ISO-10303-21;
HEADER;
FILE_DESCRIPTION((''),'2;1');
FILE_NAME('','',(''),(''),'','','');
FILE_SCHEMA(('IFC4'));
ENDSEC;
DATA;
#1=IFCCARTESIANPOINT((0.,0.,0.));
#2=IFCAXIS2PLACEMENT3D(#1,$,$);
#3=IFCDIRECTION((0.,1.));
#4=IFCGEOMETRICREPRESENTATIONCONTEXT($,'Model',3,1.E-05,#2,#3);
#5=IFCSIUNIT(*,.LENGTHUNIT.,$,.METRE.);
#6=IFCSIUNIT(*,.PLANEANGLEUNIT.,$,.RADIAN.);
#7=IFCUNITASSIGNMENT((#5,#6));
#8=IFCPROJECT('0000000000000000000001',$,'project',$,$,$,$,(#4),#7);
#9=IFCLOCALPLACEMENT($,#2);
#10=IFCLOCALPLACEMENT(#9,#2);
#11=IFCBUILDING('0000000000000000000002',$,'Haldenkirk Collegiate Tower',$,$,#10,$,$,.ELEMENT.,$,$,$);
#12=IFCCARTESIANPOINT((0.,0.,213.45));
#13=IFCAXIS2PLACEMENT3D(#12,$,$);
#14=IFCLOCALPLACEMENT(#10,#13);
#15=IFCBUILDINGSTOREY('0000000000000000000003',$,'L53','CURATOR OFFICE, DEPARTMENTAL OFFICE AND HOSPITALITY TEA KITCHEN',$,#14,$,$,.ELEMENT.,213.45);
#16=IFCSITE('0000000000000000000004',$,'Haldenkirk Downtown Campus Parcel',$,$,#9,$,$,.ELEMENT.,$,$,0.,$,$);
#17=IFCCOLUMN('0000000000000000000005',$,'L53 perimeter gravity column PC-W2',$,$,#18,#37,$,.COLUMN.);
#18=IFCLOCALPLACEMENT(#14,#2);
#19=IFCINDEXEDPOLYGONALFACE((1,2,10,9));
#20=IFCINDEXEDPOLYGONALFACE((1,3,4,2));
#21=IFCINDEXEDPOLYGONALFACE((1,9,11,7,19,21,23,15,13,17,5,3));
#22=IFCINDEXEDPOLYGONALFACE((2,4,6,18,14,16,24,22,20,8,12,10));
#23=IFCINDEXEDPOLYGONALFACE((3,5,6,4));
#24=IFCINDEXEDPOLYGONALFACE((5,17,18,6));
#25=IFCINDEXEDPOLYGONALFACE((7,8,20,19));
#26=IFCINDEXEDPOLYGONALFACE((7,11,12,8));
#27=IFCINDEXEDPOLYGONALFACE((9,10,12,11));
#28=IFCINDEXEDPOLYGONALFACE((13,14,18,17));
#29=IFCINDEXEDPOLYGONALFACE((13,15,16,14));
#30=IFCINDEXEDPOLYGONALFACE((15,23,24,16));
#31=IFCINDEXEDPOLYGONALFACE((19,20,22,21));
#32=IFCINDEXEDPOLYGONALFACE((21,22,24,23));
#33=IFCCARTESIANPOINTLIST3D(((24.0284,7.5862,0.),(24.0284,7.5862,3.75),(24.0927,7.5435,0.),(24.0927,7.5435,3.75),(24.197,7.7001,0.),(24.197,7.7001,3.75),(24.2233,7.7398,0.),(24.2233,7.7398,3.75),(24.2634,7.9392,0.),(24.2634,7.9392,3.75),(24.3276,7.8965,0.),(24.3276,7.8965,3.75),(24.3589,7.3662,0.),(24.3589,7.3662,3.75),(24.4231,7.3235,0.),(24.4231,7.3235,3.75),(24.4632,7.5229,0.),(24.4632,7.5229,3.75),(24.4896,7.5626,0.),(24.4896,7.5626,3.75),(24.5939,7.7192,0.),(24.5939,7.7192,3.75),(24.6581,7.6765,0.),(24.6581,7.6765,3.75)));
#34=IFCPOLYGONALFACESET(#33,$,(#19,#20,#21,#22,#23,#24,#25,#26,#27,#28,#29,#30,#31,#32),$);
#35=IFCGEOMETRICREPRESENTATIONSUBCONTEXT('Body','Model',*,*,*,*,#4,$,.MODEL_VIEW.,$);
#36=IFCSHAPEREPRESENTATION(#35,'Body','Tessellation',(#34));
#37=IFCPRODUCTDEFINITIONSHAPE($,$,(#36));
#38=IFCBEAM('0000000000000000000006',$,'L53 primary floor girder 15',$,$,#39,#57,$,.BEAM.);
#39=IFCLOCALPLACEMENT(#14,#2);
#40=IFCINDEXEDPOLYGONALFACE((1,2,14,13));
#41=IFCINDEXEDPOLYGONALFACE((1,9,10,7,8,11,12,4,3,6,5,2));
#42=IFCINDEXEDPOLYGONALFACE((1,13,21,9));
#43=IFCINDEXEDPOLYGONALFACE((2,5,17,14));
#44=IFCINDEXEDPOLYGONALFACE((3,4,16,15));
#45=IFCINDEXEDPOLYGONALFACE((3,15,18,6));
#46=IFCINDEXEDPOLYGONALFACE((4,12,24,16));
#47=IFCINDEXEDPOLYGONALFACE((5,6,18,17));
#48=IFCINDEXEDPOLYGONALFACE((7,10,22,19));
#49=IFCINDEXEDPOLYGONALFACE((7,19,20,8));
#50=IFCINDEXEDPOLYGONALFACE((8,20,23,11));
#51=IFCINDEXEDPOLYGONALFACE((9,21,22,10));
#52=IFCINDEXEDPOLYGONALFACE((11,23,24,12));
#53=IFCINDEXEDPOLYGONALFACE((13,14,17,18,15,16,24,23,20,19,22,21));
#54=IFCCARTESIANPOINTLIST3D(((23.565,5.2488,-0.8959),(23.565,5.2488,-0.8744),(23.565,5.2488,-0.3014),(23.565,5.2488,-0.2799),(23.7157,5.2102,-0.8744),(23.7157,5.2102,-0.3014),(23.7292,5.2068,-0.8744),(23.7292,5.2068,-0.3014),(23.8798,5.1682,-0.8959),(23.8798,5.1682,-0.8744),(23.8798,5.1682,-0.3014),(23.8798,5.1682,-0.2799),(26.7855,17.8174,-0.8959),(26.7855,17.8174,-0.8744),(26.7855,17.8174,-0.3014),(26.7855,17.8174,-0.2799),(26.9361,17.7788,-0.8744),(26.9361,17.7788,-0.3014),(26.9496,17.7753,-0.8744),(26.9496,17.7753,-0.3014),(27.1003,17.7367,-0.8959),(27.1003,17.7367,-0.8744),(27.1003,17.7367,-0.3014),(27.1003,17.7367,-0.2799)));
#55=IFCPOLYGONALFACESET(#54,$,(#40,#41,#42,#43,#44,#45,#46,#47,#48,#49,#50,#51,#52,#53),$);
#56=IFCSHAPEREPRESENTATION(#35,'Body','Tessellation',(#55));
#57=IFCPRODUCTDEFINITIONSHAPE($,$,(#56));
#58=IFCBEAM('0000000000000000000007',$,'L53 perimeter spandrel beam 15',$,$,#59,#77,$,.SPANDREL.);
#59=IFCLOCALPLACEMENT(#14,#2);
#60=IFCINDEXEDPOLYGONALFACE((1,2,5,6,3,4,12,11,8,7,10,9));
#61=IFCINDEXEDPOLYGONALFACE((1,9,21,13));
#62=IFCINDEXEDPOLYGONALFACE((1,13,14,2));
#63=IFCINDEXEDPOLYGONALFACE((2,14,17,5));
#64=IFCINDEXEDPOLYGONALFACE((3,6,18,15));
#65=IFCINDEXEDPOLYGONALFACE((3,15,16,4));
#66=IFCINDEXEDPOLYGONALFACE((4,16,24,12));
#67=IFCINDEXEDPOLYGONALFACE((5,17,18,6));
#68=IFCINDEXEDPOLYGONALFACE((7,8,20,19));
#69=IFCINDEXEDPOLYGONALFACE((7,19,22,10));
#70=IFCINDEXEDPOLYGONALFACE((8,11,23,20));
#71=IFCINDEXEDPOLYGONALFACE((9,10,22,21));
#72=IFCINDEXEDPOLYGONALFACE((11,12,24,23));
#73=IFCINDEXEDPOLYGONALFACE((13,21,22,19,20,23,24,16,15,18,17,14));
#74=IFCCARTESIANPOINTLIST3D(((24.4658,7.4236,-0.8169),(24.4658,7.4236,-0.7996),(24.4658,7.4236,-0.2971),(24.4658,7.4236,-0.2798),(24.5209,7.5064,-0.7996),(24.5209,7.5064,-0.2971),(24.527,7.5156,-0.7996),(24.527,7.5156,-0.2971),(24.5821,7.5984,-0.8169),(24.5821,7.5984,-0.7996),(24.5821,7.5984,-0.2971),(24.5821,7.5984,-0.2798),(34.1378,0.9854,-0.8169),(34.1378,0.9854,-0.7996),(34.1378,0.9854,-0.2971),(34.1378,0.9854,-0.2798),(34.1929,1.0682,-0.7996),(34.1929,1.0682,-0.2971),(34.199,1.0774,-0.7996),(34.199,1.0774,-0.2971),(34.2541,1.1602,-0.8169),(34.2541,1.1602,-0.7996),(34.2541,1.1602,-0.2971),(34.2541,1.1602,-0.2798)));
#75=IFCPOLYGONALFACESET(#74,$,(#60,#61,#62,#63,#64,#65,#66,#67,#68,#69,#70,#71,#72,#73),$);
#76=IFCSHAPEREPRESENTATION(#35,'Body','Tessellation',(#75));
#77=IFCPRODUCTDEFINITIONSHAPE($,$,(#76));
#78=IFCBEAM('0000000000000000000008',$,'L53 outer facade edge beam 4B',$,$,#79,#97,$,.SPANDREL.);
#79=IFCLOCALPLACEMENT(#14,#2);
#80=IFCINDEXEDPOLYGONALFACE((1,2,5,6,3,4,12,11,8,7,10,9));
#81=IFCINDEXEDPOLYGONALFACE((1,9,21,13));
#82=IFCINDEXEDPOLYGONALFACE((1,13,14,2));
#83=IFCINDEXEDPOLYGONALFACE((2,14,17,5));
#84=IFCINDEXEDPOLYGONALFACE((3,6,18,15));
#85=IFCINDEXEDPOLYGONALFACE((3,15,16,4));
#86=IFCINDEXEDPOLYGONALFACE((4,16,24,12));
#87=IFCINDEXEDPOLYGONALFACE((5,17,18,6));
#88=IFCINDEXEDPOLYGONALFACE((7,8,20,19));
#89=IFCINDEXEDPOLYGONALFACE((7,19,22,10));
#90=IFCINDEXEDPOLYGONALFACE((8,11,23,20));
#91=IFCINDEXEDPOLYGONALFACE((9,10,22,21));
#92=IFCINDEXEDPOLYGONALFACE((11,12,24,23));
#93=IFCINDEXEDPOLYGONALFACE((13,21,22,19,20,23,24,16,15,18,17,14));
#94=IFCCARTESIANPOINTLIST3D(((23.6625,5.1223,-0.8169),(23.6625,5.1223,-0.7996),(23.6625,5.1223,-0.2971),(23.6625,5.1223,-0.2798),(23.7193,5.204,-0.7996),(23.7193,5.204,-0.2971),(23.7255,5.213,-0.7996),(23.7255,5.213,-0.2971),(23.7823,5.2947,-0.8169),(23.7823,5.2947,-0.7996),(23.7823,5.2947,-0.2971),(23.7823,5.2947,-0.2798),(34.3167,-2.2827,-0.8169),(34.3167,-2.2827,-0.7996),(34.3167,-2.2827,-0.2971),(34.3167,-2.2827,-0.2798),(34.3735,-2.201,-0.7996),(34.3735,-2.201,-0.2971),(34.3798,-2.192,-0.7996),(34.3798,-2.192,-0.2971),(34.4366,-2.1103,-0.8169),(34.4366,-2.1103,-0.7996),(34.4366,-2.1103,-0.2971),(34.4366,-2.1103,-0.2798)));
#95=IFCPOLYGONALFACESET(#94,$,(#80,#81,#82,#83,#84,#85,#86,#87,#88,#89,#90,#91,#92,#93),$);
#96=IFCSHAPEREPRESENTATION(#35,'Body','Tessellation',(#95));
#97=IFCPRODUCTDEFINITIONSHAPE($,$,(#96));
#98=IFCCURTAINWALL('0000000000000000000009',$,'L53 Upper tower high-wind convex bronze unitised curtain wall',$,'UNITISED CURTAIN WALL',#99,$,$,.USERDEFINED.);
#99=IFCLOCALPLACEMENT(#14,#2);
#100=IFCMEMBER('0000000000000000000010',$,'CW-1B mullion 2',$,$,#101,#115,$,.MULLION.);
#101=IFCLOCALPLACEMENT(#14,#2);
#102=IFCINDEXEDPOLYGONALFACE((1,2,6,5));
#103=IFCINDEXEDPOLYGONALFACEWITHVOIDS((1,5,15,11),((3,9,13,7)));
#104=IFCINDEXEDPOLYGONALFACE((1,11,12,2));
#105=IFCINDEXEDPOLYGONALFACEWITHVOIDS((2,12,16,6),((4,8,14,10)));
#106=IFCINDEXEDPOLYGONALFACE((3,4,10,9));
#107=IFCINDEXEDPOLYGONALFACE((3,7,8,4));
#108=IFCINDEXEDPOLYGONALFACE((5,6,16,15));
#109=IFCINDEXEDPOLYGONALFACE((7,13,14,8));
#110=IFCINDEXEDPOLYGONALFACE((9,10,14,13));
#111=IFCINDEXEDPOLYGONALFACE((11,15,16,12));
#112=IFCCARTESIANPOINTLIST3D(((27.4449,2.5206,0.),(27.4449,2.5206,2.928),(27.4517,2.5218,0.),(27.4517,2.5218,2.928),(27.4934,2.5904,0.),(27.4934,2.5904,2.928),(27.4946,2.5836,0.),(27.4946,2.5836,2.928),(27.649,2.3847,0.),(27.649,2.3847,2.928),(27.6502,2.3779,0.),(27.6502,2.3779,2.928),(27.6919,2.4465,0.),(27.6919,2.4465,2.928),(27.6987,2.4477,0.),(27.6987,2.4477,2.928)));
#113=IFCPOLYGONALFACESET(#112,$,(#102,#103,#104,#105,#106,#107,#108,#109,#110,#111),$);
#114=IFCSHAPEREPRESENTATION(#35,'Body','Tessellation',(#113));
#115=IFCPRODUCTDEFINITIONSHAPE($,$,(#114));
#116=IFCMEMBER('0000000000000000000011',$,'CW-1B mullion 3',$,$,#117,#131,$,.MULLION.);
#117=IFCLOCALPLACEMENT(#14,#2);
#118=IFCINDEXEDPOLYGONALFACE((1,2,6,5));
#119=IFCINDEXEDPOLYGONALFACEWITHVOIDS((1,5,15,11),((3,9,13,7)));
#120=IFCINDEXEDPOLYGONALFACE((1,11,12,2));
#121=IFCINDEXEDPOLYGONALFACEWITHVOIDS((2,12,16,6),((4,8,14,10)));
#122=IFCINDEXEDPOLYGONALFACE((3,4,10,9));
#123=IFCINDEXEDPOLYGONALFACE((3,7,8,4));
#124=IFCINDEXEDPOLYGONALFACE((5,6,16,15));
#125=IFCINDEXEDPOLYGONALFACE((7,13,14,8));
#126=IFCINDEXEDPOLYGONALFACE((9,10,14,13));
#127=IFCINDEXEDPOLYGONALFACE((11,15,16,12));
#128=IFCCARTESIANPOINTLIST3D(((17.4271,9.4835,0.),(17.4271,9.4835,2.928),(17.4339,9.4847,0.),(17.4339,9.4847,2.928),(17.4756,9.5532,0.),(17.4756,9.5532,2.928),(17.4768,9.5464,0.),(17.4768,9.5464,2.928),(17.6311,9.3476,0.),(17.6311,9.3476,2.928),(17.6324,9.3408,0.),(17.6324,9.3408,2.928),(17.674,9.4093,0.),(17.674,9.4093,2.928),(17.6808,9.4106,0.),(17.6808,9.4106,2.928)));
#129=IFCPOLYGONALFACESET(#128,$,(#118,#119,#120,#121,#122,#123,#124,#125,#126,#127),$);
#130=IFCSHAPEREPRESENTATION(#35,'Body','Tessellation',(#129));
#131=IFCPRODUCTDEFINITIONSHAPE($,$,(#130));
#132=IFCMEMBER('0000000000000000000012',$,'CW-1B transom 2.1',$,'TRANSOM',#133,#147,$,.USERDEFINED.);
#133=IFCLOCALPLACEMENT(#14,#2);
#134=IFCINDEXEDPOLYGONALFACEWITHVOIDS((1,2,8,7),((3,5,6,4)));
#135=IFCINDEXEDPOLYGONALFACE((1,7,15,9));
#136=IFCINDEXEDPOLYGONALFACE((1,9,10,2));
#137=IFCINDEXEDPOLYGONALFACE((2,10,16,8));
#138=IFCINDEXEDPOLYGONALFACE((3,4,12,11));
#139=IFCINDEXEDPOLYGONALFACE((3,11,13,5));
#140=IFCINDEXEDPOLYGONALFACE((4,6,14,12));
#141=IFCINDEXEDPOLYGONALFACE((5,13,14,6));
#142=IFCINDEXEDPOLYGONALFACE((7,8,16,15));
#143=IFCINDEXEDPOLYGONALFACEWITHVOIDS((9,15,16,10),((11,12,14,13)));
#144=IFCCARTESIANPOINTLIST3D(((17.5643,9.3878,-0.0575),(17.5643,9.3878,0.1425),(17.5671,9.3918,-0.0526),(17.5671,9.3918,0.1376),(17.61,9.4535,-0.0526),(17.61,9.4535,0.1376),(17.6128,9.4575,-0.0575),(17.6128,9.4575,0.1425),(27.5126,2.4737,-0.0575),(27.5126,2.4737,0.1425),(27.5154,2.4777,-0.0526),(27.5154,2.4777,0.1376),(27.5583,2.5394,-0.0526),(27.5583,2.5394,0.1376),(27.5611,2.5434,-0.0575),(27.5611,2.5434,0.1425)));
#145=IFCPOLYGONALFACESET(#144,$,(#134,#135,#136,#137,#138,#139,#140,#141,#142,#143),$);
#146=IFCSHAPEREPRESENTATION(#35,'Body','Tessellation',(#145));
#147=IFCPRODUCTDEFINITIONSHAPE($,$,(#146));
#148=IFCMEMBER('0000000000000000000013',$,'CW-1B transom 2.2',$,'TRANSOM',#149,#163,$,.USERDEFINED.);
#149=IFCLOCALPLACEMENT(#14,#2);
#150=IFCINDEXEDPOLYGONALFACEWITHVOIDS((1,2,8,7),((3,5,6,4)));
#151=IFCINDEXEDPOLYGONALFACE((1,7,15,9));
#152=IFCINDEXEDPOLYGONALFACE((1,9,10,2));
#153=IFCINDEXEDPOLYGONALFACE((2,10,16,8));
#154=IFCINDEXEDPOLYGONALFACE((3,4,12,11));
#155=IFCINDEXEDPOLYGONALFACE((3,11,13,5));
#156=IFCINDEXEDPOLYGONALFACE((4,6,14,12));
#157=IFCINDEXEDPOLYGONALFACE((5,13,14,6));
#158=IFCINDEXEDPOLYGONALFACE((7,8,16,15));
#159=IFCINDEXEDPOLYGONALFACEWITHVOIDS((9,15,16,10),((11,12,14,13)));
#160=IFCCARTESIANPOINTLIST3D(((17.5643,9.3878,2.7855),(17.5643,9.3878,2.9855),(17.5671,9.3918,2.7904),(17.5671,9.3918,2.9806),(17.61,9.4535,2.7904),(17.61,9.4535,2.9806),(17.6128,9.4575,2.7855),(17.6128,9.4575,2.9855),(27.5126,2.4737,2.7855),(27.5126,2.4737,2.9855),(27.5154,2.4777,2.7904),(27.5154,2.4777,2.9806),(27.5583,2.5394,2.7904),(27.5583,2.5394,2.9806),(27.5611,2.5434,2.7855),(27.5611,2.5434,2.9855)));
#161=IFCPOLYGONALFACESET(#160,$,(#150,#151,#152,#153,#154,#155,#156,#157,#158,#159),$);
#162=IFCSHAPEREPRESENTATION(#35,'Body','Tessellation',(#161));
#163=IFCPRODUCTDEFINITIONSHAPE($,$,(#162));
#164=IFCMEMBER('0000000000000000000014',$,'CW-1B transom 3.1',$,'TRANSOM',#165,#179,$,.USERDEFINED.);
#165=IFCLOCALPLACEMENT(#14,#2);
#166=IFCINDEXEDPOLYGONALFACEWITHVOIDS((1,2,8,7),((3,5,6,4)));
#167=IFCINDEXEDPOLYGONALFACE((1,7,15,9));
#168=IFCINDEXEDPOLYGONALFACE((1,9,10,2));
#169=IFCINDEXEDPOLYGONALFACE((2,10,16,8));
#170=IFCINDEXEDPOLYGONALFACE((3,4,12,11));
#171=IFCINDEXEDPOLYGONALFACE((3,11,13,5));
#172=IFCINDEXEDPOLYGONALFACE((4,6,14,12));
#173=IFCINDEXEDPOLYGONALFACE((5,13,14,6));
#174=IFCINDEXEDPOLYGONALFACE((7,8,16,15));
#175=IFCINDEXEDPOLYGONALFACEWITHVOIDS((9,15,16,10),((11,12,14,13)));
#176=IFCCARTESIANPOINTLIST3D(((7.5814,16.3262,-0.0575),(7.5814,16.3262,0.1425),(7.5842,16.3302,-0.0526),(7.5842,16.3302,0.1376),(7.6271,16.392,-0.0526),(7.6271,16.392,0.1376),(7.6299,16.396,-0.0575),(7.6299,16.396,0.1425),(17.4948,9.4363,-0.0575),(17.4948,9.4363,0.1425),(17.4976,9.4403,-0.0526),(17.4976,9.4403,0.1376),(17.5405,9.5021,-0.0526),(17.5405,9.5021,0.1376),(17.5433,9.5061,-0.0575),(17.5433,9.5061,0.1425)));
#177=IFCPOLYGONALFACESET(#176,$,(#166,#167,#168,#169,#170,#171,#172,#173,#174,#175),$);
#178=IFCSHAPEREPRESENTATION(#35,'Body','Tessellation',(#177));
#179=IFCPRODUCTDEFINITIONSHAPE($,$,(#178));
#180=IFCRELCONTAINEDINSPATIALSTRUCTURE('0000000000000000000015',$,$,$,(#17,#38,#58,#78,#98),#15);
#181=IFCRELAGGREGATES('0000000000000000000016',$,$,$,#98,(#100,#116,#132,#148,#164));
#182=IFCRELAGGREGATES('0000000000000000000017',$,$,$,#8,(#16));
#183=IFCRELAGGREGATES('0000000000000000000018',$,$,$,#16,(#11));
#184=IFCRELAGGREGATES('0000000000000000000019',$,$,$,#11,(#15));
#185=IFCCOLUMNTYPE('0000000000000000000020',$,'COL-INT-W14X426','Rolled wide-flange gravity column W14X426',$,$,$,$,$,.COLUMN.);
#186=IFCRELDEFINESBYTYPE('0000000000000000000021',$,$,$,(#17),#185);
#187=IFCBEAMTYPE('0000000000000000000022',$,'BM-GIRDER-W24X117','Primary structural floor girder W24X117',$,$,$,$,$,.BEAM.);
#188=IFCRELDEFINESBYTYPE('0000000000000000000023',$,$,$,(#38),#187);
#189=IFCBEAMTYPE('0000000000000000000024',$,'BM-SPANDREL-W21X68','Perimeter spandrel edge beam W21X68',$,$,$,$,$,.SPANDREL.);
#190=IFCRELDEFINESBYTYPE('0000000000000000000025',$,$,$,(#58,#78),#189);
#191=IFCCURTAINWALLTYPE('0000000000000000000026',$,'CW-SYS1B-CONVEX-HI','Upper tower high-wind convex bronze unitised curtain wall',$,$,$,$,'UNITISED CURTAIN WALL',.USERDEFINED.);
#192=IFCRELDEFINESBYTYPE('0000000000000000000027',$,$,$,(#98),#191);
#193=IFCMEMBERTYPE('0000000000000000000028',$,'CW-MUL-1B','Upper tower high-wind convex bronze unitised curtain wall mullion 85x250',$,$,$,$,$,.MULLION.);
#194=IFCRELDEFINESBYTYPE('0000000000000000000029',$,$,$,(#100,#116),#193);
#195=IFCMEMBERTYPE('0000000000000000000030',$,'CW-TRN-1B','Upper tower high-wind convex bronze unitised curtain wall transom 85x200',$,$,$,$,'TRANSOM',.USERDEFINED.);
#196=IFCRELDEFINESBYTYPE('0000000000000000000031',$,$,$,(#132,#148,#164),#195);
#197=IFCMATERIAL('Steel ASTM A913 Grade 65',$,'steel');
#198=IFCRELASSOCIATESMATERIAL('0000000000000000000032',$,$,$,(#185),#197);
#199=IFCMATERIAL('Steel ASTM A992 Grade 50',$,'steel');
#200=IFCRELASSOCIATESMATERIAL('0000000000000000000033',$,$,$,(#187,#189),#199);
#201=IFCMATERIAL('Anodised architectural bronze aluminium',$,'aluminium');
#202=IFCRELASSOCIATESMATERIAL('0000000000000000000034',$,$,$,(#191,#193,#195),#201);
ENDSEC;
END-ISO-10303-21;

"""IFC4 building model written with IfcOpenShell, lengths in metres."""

from ifc_helpers import new_model, si_unit, direction, frame, origin, origin_2d, place, context, subcontext, project, spatial, hollow_rectangle, i_section, extrude, material, material_profile, profile_set, type_object, element, aggregate, save


model = new_model("IFC4")

# Units and contexts
model_context = context("Model", 3, precision=1e-05, world=origin(), true_north=direction((0.0, 1.0)))
body_context = subcontext(model_context, "Body", "Model", "MODEL_VIEW")
ifc_project = project(units=[si_unit("LENGTHUNIT", "METRE"), si_unit("PLANEANGLEUNIT", "RADIAN")], contexts=[model_context])

# Site, building, storey
site_placement = place(None, origin())
site = spatial("IfcSite", under=ifc_project, at=site_placement, Name="Haldenkirk Downtown Campus Parcel", CompositionType="ELEMENT", RefElevation=0.0)
building_placement = place(site_placement, origin())
building = spatial("IfcBuilding", under=site, at=building_placement, Name="Haldenkirk Collegiate Tower", CompositionType="ELEMENT")
storey_placement = place(building_placement, frame((0.0, 0.0, 213.45)))
storey = spatial("IfcBuildingStorey", under=building, at=storey_placement, Name="L53", Description="CURATOR OFFICE, DEPARTMENTAL OFFICE AND HOSPITALITY TEA KITCHEN", CompositionType="ELEMENT", Elevation=213.45)

# Column
ifc_material_1 = material(Name="Steel ASTM A913 Grade 65", Category="steel")
ifc_material_profile_1 = material_profile(ifc_material_1, i_section(OverallWidth=0.4241, OverallDepth=0.4741, WebThickness=0.0476, FlangeThickness=0.0771, at=origin_2d()), Name="W14X426")
ifc_profile_set_1 = profile_set([ifc_material_profile_1], Name="Steel ASTM A913 Grade 65")
column_type = type_object("IfcColumnType", Name="COL-INT-W14X426", Description="Rolled wide-flange gravity column W14X426", PredefinedType="COLUMN", material=ifc_profile_set_1)
column_placement = place(storey_placement, frame((24.3433, 7.6313, 0.0), z_axis=(0.0, 0.0, 1.0), x_axis=(0.554118, 0.832438, 0.0)))
element("IfcColumn", 1, at=column_placement, inside=storey, type_object=column_type, Name="L53 perimeter gravity column PC-W2", PredefinedType="COLUMN", context=body_context, shape_type="SweptSolid", body=[
    extrude(i_section(OverallWidth=0.4241, OverallDepth=0.4741, WebThickness=0.0476, FlangeThickness=0.0771, at=origin_2d()), origin(), (0.0, 0.0, 1.0), 3.75),
])

# Beams
ifc_material_2 = material(Name="Steel ASTM A992 Grade 50", Category="steel")
ifc_material_profile_2 = material_profile(ifc_material_2, i_section(OverallWidth=0.325, OverallDepth=0.616, WebThickness=0.0139, FlangeThickness=0.0215, at=origin_2d()), Name="W24X117")
ifc_profile_set_2 = profile_set([ifc_material_profile_2], Name="Steel ASTM A992 Grade 50")
beam_type_1 = type_object("IfcBeamType", Name="BM-GIRDER-W24X117", Description="Primary structural floor girder W24X117", PredefinedType="BEAM", material=ifc_profile_set_2)
beam_1_placement = place(storey_placement, frame((23.7224, 5.2085, -0.5879), z_axis=(0.248212, 0.968706, 0.0), x_axis=(-0.968706, 0.248212, 0.0)))
element("IfcBeam", 2, at=beam_1_placement, inside=storey, type_object=beam_type_1, Name="L53 primary floor girder 15", PredefinedType="BEAM", context=body_context, shape_type="SweptSolid", body=[
    extrude(i_section(OverallWidth=0.325, OverallDepth=0.616, WebThickness=0.0139, FlangeThickness=0.0215, at=origin_2d()), origin(), (0.0, 0.0, 1.0), 12.9746),
])
ifc_material_profile_3 = material_profile(ifc_material_2, i_section(OverallWidth=0.21, OverallDepth=0.5371, WebThickness=0.011, FlangeThickness=0.0173, at=origin_2d()), Name="W21X68")
ifc_profile_set_3 = profile_set([ifc_material_profile_3], Name="Steel ASTM A992 Grade 50")
beam_type_2 = type_object("IfcBeamType", Name="BM-SPANDREL-W21X68", Description="Perimeter spandrel edge beam W21X68", PredefinedType="SPANDREL", material=ifc_profile_set_3)
beam_2_placement = place(storey_placement, frame((24.5239, 7.511, -0.5483), z_axis=(0.832441, -0.554113, 0.0), x_axis=(0.554113, 0.832441, 0.0)))
element("IfcBeam", 3, at=beam_2_placement, inside=storey, type_object=beam_type_2, Name="L53 perimeter spandrel beam 15", PredefinedType="SPANDREL", context=body_context, shape_type="SweptSolid", body=[
    extrude(i_section(OverallWidth=0.21, OverallDepth=0.5371, WebThickness=0.011, FlangeThickness=0.0173, at=origin_2d()), origin(), (0.0, 0.0, 1.0), 11.6189),
])
beam_3_placement = place(storey_placement, frame((23.7224, 5.2085, -0.5483), z_axis=(0.821146, -0.570719, 0.0), x_axis=(0.570719, 0.821146, 0.0)))
element("IfcBeam", 4, at=beam_3_placement, inside=storey, type_object=beam_type_2, Name="L53 outer facade edge beam 4B", PredefinedType="SPANDREL", context=body_context, shape_type="SweptSolid", body=[
    extrude(i_section(OverallWidth=0.21, OverallDepth=0.5371, WebThickness=0.011, FlangeThickness=0.0173, at=origin_2d()), origin(), (0.0, 0.0, 1.0), 12.9749),
])

# Curtain wall, members
ifc_material_3 = material(Name="Anodised architectural bronze aluminium", Category="aluminium")
curtain_wall_type = type_object("IfcCurtainWallType", Name="CW-SYS1B-CONVEX-HI", Description="Upper tower high-wind convex bronze unitised curtain wall", ElementType="UNITISED CURTAIN WALL", PredefinedType="USERDEFINED", material=ifc_material_3)
curtain_wall_placement = place(storey_placement, origin())
curtain_wall = element("IfcCurtainWall", 5, at=curtain_wall_placement, inside=storey, type_object=curtain_wall_type, Name="L53 Upper tower high-wind convex bronze unitised curtain wall", ObjectType="UNITISED CURTAIN WALL", PredefinedType="USERDEFINED")
ifc_material_profile_4 = material_profile(ifc_material_3, hollow_rectangle(XDim=0.085, YDim=0.25, WallThickness=0.0049, at=origin_2d()), Name="CW-MUL-1B")
ifc_profile_set_4 = profile_set([ifc_material_profile_4], Name="Anodised architectural bronze aluminium")
member_type_1 = type_object("IfcMemberType", Name="CW-MUL-1B", Description="Upper tower high-wind convex bronze unitised curtain wall mullion 85x250", PredefinedType="MULLION", material=ifc_profile_set_4)
member_1_placement = place(storey_placement, frame((27.5718, 2.4841, 0.0), z_axis=(0.0, 0.0, 1.0), x_axis=(-0.570715, -0.821148, 0.0)))
member_1 = element("IfcMember", 6, at=member_1_placement, type_object=member_type_1, Name="CW-1B mullion 2", PredefinedType="MULLION", context=body_context, shape_type="SweptSolid", body=[
    extrude(hollow_rectangle(XDim=0.085, YDim=0.25, WallThickness=0.0049, at=origin_2d()), origin(), (0.0, 0.0, 1.0), 2.928),
])
member_2_placement = place(storey_placement, frame((17.554, 9.447, 0.0), z_axis=(0.0, 0.0, 1.0), x_axis=(-0.570715, -0.821148, 0.0)))
member_2 = element("IfcMember", 7, at=member_2_placement, type_object=member_type_1, Name="CW-1B mullion 3", PredefinedType="MULLION", context=body_context, shape_type="SweptSolid", body=[
    extrude(hollow_rectangle(XDim=0.085, YDim=0.25, WallThickness=0.0049, at=origin_2d()), origin(), (0.0, 0.0, 1.0), 2.928),
])
ifc_material_profile_5 = material_profile(ifc_material_3, hollow_rectangle(XDim=0.085, YDim=0.2, WallThickness=0.0049, at=origin_2d()), Name="CW-TRN-1B")
ifc_profile_set_5 = profile_set([ifc_material_profile_5], Name="Anodised architectural bronze aluminium")
member_type_2 = type_object("IfcMemberType", Name="CW-TRN-1B", Description="Upper tower high-wind convex bronze unitised curtain wall transom 85x200", ElementType="TRANSOM", PredefinedType="USERDEFINED", material=ifc_profile_set_5)
member_3_placement = place(storey_placement, frame((27.5369, 2.5085, 0.0425), z_axis=(-0.821155, 0.570705, 0.0), x_axis=(-0.570705, -0.821155, 0.0)))
member_3 = element("IfcMember", 8, at=member_3_placement, type_object=member_type_2, Name="CW-1B transom 2.1", ObjectType="TRANSOM", PredefinedType="USERDEFINED", context=body_context, shape_type="SweptSolid", body=[
    extrude(hollow_rectangle(XDim=0.085, YDim=0.2, WallThickness=0.0049, at=origin_2d()), origin(), (0.0, 0.0, 1.0), 12.115),
])
member_4_placement = place(storey_placement, frame((27.5369, 2.5085, 2.8855), z_axis=(-0.821155, 0.570705, 0.0), x_axis=(-0.570705, -0.821155, 0.0)))
member_4 = element("IfcMember", 9, at=member_4_placement, type_object=member_type_2, Name="CW-1B transom 2.2", ObjectType="TRANSOM", PredefinedType="USERDEFINED", context=body_context, shape_type="SweptSolid", body=[
    extrude(hollow_rectangle(XDim=0.085, YDim=0.2, WallThickness=0.0049, at=origin_2d()), origin(), (0.0, 0.0, 1.0), 12.115),
])
member_5_placement = place(storey_placement, frame((17.519, 9.4712, 0.0425), z_axis=(-0.821151, 0.570711, 0.0), x_axis=(-0.570711, -0.821151, 0.0)))
member_5 = element("IfcMember", 10, at=member_5_placement, type_object=member_type_2, Name="CW-1B transom 3.1", ObjectType="TRANSOM", PredefinedType="USERDEFINED", context=body_context, shape_type="SweptSolid", body=[
    extrude(hollow_rectangle(XDim=0.085, YDim=0.2, WallThickness=0.0049, at=origin_2d()), origin(), (0.0, 0.0, 1.0), 12.0725),
])
aggregate(curtain_wall, [member_1, member_2, member_3, member_4, member_5])

save(model, "model.ifc")
